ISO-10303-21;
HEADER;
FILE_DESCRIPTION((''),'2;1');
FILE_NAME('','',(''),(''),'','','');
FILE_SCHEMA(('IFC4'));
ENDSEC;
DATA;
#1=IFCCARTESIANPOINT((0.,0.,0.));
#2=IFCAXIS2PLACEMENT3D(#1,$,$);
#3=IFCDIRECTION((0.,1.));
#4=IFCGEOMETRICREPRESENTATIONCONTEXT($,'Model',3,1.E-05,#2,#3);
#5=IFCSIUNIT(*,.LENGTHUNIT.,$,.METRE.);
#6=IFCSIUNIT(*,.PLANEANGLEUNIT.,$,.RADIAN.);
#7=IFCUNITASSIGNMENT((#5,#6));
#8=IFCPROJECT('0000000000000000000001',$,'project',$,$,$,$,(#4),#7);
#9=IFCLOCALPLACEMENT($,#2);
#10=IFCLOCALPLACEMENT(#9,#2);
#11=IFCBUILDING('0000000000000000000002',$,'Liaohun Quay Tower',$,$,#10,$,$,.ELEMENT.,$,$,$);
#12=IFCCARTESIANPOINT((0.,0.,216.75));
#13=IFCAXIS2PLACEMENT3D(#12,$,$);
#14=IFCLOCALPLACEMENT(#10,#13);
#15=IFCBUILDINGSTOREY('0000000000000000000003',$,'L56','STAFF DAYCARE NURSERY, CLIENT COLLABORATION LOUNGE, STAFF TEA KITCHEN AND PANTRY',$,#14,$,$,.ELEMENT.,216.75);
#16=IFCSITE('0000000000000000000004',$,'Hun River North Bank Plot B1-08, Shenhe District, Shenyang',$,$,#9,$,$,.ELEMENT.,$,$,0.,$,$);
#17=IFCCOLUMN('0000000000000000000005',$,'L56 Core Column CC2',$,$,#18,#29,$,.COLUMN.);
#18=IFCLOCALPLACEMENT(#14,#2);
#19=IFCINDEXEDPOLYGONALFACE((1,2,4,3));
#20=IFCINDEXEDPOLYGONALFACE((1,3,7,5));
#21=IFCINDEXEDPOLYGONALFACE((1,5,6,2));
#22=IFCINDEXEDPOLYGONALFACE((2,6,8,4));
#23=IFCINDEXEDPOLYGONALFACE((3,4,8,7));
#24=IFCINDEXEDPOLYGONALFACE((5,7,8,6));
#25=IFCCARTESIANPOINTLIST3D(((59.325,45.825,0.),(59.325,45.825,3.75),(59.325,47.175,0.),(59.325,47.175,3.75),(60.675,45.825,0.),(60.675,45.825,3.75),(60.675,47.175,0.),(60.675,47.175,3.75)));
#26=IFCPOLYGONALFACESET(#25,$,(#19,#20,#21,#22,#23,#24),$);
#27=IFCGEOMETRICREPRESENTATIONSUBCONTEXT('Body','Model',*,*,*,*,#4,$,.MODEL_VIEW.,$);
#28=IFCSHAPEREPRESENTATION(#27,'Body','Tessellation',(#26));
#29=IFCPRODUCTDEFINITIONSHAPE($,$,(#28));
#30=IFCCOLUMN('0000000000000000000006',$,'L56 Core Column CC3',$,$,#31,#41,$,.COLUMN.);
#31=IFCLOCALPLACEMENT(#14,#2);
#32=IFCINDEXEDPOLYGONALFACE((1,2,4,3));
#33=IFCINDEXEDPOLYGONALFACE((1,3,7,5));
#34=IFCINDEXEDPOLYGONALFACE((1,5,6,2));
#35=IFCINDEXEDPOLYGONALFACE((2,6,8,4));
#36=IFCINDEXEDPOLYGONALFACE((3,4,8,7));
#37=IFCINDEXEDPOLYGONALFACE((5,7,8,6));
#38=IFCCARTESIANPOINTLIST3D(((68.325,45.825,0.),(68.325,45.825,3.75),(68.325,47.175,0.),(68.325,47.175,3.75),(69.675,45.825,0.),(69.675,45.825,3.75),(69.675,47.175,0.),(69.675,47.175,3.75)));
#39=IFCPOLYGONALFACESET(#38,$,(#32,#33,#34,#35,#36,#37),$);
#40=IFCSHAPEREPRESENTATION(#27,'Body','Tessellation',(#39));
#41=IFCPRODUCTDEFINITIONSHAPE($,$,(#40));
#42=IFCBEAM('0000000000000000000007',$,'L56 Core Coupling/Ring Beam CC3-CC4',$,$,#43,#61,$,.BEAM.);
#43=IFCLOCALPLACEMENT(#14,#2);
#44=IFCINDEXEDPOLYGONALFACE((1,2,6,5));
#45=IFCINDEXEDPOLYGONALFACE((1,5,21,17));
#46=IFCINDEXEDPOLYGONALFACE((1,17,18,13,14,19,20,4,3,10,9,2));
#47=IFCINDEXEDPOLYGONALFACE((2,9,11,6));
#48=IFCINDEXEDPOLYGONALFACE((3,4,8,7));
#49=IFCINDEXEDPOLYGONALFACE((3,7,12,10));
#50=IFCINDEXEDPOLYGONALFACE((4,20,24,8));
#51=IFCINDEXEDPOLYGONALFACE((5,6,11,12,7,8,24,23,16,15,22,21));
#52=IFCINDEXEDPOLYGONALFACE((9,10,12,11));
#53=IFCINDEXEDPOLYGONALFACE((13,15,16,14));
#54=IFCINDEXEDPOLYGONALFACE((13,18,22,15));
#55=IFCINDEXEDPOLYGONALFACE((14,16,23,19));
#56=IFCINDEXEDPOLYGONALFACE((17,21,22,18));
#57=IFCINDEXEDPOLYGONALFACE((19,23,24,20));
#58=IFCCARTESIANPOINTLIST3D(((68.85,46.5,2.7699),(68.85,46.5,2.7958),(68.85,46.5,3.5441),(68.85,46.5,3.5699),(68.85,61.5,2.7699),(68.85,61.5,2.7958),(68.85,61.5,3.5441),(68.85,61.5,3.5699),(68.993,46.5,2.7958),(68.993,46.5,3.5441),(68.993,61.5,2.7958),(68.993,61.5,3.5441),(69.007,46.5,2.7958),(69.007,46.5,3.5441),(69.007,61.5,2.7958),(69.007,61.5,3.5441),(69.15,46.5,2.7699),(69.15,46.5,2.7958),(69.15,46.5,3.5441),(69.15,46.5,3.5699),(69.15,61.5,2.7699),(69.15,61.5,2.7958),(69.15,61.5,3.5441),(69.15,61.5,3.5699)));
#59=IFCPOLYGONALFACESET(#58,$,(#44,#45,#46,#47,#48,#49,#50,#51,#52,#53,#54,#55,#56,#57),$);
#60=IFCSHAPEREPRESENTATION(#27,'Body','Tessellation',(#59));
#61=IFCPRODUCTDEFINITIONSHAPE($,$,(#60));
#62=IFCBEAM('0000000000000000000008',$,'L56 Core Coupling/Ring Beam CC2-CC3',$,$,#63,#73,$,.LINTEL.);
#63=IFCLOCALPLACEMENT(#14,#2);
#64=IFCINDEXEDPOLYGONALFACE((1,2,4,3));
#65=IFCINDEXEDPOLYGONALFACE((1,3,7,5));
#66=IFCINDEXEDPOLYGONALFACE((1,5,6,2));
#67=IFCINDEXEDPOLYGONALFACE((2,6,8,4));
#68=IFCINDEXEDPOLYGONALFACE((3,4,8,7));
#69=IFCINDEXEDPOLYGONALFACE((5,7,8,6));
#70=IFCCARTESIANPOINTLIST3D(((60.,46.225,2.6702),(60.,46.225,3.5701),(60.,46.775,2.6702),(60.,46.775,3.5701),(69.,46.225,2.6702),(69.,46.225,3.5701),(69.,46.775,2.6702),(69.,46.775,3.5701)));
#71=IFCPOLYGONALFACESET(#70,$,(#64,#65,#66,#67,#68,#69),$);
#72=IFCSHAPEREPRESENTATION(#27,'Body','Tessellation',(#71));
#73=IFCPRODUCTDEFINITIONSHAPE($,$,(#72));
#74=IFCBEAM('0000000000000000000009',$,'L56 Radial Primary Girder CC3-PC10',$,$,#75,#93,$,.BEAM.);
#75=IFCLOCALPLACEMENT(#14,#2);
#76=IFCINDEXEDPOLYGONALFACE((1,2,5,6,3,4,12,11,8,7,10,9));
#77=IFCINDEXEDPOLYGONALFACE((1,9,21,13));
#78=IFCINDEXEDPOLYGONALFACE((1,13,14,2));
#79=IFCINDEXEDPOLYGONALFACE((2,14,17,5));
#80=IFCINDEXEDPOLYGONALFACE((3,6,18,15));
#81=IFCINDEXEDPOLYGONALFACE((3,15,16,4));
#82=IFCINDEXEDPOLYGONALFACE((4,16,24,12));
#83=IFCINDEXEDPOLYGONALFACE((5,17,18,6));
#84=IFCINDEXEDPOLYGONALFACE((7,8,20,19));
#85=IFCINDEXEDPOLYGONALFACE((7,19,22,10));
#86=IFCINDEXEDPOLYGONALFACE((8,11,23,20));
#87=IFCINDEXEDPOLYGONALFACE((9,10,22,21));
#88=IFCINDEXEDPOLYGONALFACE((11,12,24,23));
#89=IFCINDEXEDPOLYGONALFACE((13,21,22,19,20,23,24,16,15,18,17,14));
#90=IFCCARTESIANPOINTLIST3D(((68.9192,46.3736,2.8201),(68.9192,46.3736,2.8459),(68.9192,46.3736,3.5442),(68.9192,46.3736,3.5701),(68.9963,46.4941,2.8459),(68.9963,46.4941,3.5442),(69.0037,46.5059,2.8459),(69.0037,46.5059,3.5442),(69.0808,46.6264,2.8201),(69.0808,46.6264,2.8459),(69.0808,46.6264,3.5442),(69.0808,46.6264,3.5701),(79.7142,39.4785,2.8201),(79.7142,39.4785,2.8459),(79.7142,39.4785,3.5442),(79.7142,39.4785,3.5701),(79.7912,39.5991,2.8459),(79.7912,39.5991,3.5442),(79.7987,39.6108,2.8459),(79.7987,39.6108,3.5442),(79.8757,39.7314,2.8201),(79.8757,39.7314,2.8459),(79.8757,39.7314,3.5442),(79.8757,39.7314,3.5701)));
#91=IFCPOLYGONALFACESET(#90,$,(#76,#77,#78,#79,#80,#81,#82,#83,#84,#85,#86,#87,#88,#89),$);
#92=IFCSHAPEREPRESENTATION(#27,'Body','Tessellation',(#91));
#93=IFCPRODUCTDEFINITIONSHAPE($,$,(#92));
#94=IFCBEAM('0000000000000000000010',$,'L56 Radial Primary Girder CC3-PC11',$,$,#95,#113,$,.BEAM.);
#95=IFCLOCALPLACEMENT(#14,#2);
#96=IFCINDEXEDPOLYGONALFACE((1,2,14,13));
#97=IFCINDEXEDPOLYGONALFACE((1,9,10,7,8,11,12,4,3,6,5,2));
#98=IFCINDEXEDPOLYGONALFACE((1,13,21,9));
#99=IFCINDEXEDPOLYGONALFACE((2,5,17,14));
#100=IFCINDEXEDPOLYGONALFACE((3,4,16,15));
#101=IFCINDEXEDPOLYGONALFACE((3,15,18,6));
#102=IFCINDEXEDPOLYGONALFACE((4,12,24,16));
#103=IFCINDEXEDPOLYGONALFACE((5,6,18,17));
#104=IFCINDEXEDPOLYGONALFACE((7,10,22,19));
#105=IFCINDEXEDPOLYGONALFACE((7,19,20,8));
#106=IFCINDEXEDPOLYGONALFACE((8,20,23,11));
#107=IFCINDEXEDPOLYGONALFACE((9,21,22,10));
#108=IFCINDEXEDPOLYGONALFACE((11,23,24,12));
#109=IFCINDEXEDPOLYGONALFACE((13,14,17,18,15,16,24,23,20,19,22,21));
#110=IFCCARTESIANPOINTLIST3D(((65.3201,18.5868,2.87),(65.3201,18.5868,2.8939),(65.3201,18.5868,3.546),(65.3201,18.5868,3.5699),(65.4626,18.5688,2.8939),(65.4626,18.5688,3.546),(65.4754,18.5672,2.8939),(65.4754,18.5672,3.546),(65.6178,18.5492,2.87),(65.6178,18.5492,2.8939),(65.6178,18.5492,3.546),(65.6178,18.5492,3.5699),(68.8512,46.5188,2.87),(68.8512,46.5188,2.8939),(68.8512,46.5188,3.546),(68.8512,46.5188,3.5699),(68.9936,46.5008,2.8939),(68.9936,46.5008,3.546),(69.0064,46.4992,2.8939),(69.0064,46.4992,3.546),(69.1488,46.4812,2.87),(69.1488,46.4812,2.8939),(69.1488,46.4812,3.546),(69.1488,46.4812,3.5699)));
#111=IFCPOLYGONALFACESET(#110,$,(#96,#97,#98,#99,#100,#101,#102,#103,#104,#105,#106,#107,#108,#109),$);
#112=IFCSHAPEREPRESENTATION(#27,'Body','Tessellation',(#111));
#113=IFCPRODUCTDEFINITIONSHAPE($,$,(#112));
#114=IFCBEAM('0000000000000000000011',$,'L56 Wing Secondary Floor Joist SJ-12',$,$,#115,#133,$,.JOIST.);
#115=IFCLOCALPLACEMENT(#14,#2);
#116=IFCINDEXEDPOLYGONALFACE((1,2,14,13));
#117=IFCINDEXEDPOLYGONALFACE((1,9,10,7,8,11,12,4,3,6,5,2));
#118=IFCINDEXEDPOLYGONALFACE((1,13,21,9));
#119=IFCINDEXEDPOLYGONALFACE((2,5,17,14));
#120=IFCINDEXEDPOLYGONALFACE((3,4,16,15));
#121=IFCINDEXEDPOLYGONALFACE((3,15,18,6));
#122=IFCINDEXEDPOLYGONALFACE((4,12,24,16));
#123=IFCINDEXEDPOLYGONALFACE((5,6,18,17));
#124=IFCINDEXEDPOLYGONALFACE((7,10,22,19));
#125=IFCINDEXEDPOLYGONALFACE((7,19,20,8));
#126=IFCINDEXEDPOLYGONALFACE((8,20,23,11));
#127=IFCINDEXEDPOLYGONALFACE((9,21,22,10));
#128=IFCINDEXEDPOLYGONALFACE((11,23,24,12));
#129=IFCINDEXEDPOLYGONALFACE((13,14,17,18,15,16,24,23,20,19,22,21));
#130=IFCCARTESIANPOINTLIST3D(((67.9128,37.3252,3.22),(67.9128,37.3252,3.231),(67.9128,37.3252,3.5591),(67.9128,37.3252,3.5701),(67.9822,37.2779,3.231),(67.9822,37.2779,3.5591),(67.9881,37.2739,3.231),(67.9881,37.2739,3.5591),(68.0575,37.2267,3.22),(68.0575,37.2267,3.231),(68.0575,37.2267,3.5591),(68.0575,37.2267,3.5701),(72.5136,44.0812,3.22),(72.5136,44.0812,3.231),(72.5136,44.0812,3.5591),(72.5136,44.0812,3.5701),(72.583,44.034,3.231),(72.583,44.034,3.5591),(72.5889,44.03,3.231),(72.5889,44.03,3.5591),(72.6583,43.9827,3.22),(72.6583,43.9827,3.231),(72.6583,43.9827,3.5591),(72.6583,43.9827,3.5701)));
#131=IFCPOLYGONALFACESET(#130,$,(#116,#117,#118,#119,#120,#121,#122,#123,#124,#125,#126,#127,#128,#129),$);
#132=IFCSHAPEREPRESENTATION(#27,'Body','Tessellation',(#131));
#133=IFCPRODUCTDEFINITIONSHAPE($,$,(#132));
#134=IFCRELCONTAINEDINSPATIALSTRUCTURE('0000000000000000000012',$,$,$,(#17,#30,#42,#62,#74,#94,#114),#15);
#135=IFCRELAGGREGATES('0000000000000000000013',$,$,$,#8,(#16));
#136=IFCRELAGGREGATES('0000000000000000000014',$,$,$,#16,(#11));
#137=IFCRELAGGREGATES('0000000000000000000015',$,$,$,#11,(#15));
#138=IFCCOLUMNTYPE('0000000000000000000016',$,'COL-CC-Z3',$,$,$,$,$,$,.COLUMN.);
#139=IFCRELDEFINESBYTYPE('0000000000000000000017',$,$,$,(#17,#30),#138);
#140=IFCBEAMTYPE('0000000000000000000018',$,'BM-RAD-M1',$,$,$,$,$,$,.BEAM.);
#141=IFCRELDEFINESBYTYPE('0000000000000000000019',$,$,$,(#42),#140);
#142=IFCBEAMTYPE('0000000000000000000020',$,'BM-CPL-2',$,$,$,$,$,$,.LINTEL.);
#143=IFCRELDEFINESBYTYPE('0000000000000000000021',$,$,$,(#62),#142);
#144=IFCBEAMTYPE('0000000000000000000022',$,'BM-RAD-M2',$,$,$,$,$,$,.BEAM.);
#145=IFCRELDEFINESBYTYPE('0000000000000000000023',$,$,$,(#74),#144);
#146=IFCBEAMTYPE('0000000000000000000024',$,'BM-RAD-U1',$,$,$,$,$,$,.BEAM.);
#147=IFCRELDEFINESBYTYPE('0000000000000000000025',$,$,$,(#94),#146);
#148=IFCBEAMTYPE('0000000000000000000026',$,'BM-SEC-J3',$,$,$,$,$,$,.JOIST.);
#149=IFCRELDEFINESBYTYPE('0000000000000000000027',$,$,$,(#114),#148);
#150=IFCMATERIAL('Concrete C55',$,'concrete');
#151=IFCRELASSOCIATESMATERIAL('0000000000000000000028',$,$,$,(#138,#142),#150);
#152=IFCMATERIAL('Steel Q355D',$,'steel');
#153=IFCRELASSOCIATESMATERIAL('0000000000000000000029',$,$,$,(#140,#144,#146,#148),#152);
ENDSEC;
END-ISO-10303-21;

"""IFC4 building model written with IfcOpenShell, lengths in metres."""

from ifc_helpers import new_model, si_unit, direction, frame, origin, origin_2d, place, context, subcontext, project, spatial, rectangle, i_section, extrude, source, transform, mapped, material, material_profile, profile_set, type_object, element, save


model = new_model("IFC4")

# Units and contexts
model_context = context("Model", 3, precision=1e-05, world=origin(), true_north=direction((0.0, 1.0)))
body_context = subcontext(model_context, "Body", "Model", "MODEL_VIEW")
ifc_project = project(units=[si_unit("LENGTHUNIT", "METRE"), si_unit("PLANEANGLEUNIT", "RADIAN")], contexts=[model_context])

# Site, building, storey
site_placement = place(None, origin())
site = spatial("IfcSite", under=ifc_project, at=site_placement, Name="Hun River North Bank Plot B1-08, Shenhe District, Shenyang", CompositionType="ELEMENT", RefElevation=0.0)
building_placement = place(site_placement, origin())
building = spatial("IfcBuilding", under=site, at=building_placement, Name="Liaohun Quay Tower", CompositionType="ELEMENT")
storey_placement = place(building_placement, frame((0.0, 0.0, 216.75)))
storey = spatial("IfcBuildingStorey", under=building, at=storey_placement, Name="L56", Description="STAFF DAYCARE NURSERY, CLIENT COLLABORATION LOUNGE, STAFF TEA KITCHEN AND PANTRY", CompositionType="ELEMENT", Elevation=216.75)

# Columns
ifc_material_1 = material(Name="Concrete C55", Category="concrete")
ifc_material_profile_1 = material_profile(ifc_material_1, rectangle(XDim=1.3501, YDim=1.3501, at=origin_2d()), Name="RC1350x1350")
ifc_profile_set_1 = profile_set([ifc_material_profile_1], Name="Concrete C55")
column_type = type_object("IfcColumnType", Name="COL-CC-Z3", PredefinedType="COLUMN", material=ifc_profile_set_1)
shared_shape_1 = source(origin(), body_context, "Body", "SweptSolid", [
    extrude(rectangle(XDim=1.3501, YDim=1.3501, at=origin_2d()), origin(), (0.0, 0.0, 1.0), 3.75),
])
for number, where, z_axis, x_axis, name in (
    (1, (60.0, 46.5, 0.0), (0.0, 0.0, 1.0), (1.0, 0.0, 0.0), "L56 Core Column CC2"),
    (2, (69.0, 46.5, 0.0), (0.0, 0.0, 1.0), (1.0, 0.0, 0.0), "L56 Core Column CC3"),
):
    element("IfcColumn", number, at=place(storey_placement, frame(where, z_axis=z_axis, x_axis=x_axis)), inside=storey, type_object=column_type, Name=name, PredefinedType="COLUMN", context=body_context, shape_type="MappedRepresentation", body=[
        mapped(shared_shape_1, transform((0.0, 0.0, 0.0), x_axis=(1.0, 0.0, 0.0), y_axis=(0.0, 1.0, 0.0), z_axis=(0.0, 0.0, 1.0), scale=1.0)),
    ])

# Beams
ifc_material_2 = material(Name="Steel Q355D", Category="steel")
ifc_material_profile_2 = material_profile(ifc_material_2, i_section(OverallWidth=0.3, OverallDepth=0.8, WebThickness=0.0139, FlangeThickness=0.0259, at=origin_2d()), Name="HN800x300x14x26")
ifc_profile_set_2 = profile_set([ifc_material_profile_2], Name="Steel Q355D")
beam_type_1 = type_object("IfcBeamType", Name="BM-RAD-M1", PredefinedType="BEAM", material=ifc_profile_set_2)
shared_shape_2 = source(origin(), body_context, "Body", "SweptSolid", [
    extrude(i_section(OverallWidth=0.3, OverallDepth=0.8, WebThickness=0.0139, FlangeThickness=0.0259, at=origin_2d()), origin(), (0.0, 0.0, 1.0), 15.0),
])
beam_1_placement = place(storey_placement, frame((69.0, 46.5, 3.1699), z_axis=(0.0, 1.0, 0.0), x_axis=(-1.0, 0.0, 0.0)))
element("IfcBeam", 3, at=beam_1_placement, inside=storey, type_object=beam_type_1, Name="L56 Core Coupling/Ring Beam CC3-CC4", PredefinedType="BEAM", context=body_context, shape_type="MappedRepresentation", body=[
    mapped(shared_shape_2, transform((0.0, 0.0, 0.0), x_axis=(1.0, 0.0, 0.0), y_axis=(0.0, 1.0, 0.0), z_axis=(0.0, 0.0, 1.0), scale=1.0)),
])
ifc_material_profile_3 = material_profile(ifc_material_1, rectangle(XDim=0.55, YDim=0.8999, at=origin_2d()), Name="RC550x900")
ifc_profile_set_3 = profile_set([ifc_material_profile_3], Name="Concrete C55")
beam_type_2 = type_object("IfcBeamType", Name="BM-CPL-2", PredefinedType="LINTEL", material=ifc_profile_set_3)
shared_shape_3 = source(origin(), body_context, "Body", "SweptSolid", [
    extrude(rectangle(XDim=0.55, YDim=0.8999, at=origin_2d()), origin(), (0.0, 0.0, 1.0), 9.0),
])
beam_2_placement = place(storey_placement, frame((60.0, 46.5, 3.1201), z_axis=(1.0, 0.0, 0.0), x_axis=(0.0, 1.0, 0.0)))
element("IfcBeam", 4, at=beam_2_placement, inside=storey, type_object=beam_type_2, Name="L56 Core Coupling/Ring Beam CC2-CC3", PredefinedType="LINTEL", context=body_context, shape_type="MappedRepresentation", body=[
    mapped(shared_shape_3, transform((0.0, 0.0, 0.0), x_axis=(1.0, 0.0, 0.0), y_axis=(0.0, 1.0, 0.0), z_axis=(0.0, 0.0, 1.0), scale=1.0)),
])
ifc_material_profile_4 = material_profile(ifc_material_2, i_section(OverallWidth=0.3, OverallDepth=0.75, WebThickness=0.0139, FlangeThickness=0.0259, at=origin_2d()), Name="HN750x300x14x26")
ifc_profile_set_4 = profile_set([ifc_material_profile_4], Name="Steel Q355D")
beam_type_3 = type_object("IfcBeamType", Name="BM-RAD-M2", PredefinedType="BEAM", material=ifc_profile_set_4)
shared_shape_4 = source(origin(), body_context, "Body", "SweptSolid", [
    extrude(i_section(OverallWidth=0.3, OverallDepth=0.75, WebThickness=0.0139, FlangeThickness=0.0259, at=origin_2d()), origin(), (0.0, 0.0, 1.0), 12.8091),
])
beam_3_placement = place(storey_placement, frame((69.0, 46.5, 3.1951), z_axis=(0.842758, -0.538293, 0.0), x_axis=(0.538293, 0.842758, 0.0)))
element("IfcBeam", 5, at=beam_3_placement, inside=storey, type_object=beam_type_3, Name="L56 Radial Primary Girder CC3-PC10", PredefinedType="BEAM", context=body_context, shape_type="MappedRepresentation", body=[
    mapped(shared_shape_4, transform((0.0, 0.0, 0.0), x_axis=(1.0, 0.0, 0.0), y_axis=(0.0, 1.0, 0.0), z_axis=(0.0, 0.0, 1.0), scale=1.0)),
])
ifc_material_profile_5 = material_profile(ifc_material_2, i_section(OverallWidth=0.3, OverallDepth=0.7, WebThickness=0.0129, FlangeThickness=0.0239, at=origin_2d()), Name="HN700x300x13x24")
ifc_profile_set_5 = profile_set([ifc_material_profile_5], Name="Steel Q355D")
beam_type_4 = type_object("IfcBeamType", Name="BM-RAD-U1", PredefinedType="BEAM", material=ifc_profile_set_5)
shared_shape_5 = source(origin(), body_context, "Body", "SweptSolid", [
    extrude(i_section(OverallWidth=0.3, OverallDepth=0.7, WebThickness=0.0129, FlangeThickness=0.0239, at=origin_2d()), origin(), (0.0, 0.0, 1.0), 28.1543),
])
beam_4_placement = place(storey_placement, frame((69.0, 46.5, 3.22), z_axis=(-0.125417, -0.992104, 0.0), x_axis=(0.992104, -0.125417, 0.0)))
element("IfcBeam", 6, at=beam_4_placement, inside=storey, type_object=beam_type_4, Name="L56 Radial Primary Girder CC3-PC11", PredefinedType="BEAM", context=body_context, shape_type="MappedRepresentation", body=[
    mapped(shared_shape_5, transform((0.0, 0.0, 0.0), x_axis=(1.0, 0.0, 0.0), y_axis=(0.0, 1.0, 0.0), z_axis=(0.0, 0.0, 1.0), scale=1.0)),
])
ifc_material_profile_6 = material_profile(ifc_material_2, i_section(OverallWidth=0.175, OverallDepth=0.3501, WebThickness=0.0071, FlangeThickness=0.011, at=origin_2d()), Name="HN350x175x7x11")
ifc_profile_set_6 = profile_set([ifc_material_profile_6], Name="Steel Q355D")
beam_type_5 = type_object("IfcBeamType", Name="BM-SEC-J3", PredefinedType="JOIST", material=ifc_profile_set_6)
shared_shape_6 = source(origin(), body_context, "Body", "SweptSolid", [
    extrude(i_section(OverallWidth=0.175, OverallDepth=0.3501, WebThickness=0.0071, FlangeThickness=0.011, at=origin_2d()), origin(), (0.0, 0.0, 1.0), 8.1738),
])
beam_5_placement = place(storey_placement, frame((72.5859, 44.032, 3.395), z_axis=(-0.562869, -0.826546, 0.0), x_axis=(0.826546, -0.562869, 0.0)))
element("IfcBeam", 7, at=beam_5_placement, inside=storey, type_object=beam_type_5, Name="L56 Wing Secondary Floor Joist SJ-12", PredefinedType="JOIST", context=body_context, shape_type="MappedRepresentation", body=[
    mapped(shared_shape_6, transform((0.0, 0.0, 0.0), x_axis=(1.0, 0.0, 0.0), y_axis=(0.0, 1.0, 0.0), z_axis=(0.0, 0.0, 1.0), scale=1.0)),
])

save(model, "model.ifc")
